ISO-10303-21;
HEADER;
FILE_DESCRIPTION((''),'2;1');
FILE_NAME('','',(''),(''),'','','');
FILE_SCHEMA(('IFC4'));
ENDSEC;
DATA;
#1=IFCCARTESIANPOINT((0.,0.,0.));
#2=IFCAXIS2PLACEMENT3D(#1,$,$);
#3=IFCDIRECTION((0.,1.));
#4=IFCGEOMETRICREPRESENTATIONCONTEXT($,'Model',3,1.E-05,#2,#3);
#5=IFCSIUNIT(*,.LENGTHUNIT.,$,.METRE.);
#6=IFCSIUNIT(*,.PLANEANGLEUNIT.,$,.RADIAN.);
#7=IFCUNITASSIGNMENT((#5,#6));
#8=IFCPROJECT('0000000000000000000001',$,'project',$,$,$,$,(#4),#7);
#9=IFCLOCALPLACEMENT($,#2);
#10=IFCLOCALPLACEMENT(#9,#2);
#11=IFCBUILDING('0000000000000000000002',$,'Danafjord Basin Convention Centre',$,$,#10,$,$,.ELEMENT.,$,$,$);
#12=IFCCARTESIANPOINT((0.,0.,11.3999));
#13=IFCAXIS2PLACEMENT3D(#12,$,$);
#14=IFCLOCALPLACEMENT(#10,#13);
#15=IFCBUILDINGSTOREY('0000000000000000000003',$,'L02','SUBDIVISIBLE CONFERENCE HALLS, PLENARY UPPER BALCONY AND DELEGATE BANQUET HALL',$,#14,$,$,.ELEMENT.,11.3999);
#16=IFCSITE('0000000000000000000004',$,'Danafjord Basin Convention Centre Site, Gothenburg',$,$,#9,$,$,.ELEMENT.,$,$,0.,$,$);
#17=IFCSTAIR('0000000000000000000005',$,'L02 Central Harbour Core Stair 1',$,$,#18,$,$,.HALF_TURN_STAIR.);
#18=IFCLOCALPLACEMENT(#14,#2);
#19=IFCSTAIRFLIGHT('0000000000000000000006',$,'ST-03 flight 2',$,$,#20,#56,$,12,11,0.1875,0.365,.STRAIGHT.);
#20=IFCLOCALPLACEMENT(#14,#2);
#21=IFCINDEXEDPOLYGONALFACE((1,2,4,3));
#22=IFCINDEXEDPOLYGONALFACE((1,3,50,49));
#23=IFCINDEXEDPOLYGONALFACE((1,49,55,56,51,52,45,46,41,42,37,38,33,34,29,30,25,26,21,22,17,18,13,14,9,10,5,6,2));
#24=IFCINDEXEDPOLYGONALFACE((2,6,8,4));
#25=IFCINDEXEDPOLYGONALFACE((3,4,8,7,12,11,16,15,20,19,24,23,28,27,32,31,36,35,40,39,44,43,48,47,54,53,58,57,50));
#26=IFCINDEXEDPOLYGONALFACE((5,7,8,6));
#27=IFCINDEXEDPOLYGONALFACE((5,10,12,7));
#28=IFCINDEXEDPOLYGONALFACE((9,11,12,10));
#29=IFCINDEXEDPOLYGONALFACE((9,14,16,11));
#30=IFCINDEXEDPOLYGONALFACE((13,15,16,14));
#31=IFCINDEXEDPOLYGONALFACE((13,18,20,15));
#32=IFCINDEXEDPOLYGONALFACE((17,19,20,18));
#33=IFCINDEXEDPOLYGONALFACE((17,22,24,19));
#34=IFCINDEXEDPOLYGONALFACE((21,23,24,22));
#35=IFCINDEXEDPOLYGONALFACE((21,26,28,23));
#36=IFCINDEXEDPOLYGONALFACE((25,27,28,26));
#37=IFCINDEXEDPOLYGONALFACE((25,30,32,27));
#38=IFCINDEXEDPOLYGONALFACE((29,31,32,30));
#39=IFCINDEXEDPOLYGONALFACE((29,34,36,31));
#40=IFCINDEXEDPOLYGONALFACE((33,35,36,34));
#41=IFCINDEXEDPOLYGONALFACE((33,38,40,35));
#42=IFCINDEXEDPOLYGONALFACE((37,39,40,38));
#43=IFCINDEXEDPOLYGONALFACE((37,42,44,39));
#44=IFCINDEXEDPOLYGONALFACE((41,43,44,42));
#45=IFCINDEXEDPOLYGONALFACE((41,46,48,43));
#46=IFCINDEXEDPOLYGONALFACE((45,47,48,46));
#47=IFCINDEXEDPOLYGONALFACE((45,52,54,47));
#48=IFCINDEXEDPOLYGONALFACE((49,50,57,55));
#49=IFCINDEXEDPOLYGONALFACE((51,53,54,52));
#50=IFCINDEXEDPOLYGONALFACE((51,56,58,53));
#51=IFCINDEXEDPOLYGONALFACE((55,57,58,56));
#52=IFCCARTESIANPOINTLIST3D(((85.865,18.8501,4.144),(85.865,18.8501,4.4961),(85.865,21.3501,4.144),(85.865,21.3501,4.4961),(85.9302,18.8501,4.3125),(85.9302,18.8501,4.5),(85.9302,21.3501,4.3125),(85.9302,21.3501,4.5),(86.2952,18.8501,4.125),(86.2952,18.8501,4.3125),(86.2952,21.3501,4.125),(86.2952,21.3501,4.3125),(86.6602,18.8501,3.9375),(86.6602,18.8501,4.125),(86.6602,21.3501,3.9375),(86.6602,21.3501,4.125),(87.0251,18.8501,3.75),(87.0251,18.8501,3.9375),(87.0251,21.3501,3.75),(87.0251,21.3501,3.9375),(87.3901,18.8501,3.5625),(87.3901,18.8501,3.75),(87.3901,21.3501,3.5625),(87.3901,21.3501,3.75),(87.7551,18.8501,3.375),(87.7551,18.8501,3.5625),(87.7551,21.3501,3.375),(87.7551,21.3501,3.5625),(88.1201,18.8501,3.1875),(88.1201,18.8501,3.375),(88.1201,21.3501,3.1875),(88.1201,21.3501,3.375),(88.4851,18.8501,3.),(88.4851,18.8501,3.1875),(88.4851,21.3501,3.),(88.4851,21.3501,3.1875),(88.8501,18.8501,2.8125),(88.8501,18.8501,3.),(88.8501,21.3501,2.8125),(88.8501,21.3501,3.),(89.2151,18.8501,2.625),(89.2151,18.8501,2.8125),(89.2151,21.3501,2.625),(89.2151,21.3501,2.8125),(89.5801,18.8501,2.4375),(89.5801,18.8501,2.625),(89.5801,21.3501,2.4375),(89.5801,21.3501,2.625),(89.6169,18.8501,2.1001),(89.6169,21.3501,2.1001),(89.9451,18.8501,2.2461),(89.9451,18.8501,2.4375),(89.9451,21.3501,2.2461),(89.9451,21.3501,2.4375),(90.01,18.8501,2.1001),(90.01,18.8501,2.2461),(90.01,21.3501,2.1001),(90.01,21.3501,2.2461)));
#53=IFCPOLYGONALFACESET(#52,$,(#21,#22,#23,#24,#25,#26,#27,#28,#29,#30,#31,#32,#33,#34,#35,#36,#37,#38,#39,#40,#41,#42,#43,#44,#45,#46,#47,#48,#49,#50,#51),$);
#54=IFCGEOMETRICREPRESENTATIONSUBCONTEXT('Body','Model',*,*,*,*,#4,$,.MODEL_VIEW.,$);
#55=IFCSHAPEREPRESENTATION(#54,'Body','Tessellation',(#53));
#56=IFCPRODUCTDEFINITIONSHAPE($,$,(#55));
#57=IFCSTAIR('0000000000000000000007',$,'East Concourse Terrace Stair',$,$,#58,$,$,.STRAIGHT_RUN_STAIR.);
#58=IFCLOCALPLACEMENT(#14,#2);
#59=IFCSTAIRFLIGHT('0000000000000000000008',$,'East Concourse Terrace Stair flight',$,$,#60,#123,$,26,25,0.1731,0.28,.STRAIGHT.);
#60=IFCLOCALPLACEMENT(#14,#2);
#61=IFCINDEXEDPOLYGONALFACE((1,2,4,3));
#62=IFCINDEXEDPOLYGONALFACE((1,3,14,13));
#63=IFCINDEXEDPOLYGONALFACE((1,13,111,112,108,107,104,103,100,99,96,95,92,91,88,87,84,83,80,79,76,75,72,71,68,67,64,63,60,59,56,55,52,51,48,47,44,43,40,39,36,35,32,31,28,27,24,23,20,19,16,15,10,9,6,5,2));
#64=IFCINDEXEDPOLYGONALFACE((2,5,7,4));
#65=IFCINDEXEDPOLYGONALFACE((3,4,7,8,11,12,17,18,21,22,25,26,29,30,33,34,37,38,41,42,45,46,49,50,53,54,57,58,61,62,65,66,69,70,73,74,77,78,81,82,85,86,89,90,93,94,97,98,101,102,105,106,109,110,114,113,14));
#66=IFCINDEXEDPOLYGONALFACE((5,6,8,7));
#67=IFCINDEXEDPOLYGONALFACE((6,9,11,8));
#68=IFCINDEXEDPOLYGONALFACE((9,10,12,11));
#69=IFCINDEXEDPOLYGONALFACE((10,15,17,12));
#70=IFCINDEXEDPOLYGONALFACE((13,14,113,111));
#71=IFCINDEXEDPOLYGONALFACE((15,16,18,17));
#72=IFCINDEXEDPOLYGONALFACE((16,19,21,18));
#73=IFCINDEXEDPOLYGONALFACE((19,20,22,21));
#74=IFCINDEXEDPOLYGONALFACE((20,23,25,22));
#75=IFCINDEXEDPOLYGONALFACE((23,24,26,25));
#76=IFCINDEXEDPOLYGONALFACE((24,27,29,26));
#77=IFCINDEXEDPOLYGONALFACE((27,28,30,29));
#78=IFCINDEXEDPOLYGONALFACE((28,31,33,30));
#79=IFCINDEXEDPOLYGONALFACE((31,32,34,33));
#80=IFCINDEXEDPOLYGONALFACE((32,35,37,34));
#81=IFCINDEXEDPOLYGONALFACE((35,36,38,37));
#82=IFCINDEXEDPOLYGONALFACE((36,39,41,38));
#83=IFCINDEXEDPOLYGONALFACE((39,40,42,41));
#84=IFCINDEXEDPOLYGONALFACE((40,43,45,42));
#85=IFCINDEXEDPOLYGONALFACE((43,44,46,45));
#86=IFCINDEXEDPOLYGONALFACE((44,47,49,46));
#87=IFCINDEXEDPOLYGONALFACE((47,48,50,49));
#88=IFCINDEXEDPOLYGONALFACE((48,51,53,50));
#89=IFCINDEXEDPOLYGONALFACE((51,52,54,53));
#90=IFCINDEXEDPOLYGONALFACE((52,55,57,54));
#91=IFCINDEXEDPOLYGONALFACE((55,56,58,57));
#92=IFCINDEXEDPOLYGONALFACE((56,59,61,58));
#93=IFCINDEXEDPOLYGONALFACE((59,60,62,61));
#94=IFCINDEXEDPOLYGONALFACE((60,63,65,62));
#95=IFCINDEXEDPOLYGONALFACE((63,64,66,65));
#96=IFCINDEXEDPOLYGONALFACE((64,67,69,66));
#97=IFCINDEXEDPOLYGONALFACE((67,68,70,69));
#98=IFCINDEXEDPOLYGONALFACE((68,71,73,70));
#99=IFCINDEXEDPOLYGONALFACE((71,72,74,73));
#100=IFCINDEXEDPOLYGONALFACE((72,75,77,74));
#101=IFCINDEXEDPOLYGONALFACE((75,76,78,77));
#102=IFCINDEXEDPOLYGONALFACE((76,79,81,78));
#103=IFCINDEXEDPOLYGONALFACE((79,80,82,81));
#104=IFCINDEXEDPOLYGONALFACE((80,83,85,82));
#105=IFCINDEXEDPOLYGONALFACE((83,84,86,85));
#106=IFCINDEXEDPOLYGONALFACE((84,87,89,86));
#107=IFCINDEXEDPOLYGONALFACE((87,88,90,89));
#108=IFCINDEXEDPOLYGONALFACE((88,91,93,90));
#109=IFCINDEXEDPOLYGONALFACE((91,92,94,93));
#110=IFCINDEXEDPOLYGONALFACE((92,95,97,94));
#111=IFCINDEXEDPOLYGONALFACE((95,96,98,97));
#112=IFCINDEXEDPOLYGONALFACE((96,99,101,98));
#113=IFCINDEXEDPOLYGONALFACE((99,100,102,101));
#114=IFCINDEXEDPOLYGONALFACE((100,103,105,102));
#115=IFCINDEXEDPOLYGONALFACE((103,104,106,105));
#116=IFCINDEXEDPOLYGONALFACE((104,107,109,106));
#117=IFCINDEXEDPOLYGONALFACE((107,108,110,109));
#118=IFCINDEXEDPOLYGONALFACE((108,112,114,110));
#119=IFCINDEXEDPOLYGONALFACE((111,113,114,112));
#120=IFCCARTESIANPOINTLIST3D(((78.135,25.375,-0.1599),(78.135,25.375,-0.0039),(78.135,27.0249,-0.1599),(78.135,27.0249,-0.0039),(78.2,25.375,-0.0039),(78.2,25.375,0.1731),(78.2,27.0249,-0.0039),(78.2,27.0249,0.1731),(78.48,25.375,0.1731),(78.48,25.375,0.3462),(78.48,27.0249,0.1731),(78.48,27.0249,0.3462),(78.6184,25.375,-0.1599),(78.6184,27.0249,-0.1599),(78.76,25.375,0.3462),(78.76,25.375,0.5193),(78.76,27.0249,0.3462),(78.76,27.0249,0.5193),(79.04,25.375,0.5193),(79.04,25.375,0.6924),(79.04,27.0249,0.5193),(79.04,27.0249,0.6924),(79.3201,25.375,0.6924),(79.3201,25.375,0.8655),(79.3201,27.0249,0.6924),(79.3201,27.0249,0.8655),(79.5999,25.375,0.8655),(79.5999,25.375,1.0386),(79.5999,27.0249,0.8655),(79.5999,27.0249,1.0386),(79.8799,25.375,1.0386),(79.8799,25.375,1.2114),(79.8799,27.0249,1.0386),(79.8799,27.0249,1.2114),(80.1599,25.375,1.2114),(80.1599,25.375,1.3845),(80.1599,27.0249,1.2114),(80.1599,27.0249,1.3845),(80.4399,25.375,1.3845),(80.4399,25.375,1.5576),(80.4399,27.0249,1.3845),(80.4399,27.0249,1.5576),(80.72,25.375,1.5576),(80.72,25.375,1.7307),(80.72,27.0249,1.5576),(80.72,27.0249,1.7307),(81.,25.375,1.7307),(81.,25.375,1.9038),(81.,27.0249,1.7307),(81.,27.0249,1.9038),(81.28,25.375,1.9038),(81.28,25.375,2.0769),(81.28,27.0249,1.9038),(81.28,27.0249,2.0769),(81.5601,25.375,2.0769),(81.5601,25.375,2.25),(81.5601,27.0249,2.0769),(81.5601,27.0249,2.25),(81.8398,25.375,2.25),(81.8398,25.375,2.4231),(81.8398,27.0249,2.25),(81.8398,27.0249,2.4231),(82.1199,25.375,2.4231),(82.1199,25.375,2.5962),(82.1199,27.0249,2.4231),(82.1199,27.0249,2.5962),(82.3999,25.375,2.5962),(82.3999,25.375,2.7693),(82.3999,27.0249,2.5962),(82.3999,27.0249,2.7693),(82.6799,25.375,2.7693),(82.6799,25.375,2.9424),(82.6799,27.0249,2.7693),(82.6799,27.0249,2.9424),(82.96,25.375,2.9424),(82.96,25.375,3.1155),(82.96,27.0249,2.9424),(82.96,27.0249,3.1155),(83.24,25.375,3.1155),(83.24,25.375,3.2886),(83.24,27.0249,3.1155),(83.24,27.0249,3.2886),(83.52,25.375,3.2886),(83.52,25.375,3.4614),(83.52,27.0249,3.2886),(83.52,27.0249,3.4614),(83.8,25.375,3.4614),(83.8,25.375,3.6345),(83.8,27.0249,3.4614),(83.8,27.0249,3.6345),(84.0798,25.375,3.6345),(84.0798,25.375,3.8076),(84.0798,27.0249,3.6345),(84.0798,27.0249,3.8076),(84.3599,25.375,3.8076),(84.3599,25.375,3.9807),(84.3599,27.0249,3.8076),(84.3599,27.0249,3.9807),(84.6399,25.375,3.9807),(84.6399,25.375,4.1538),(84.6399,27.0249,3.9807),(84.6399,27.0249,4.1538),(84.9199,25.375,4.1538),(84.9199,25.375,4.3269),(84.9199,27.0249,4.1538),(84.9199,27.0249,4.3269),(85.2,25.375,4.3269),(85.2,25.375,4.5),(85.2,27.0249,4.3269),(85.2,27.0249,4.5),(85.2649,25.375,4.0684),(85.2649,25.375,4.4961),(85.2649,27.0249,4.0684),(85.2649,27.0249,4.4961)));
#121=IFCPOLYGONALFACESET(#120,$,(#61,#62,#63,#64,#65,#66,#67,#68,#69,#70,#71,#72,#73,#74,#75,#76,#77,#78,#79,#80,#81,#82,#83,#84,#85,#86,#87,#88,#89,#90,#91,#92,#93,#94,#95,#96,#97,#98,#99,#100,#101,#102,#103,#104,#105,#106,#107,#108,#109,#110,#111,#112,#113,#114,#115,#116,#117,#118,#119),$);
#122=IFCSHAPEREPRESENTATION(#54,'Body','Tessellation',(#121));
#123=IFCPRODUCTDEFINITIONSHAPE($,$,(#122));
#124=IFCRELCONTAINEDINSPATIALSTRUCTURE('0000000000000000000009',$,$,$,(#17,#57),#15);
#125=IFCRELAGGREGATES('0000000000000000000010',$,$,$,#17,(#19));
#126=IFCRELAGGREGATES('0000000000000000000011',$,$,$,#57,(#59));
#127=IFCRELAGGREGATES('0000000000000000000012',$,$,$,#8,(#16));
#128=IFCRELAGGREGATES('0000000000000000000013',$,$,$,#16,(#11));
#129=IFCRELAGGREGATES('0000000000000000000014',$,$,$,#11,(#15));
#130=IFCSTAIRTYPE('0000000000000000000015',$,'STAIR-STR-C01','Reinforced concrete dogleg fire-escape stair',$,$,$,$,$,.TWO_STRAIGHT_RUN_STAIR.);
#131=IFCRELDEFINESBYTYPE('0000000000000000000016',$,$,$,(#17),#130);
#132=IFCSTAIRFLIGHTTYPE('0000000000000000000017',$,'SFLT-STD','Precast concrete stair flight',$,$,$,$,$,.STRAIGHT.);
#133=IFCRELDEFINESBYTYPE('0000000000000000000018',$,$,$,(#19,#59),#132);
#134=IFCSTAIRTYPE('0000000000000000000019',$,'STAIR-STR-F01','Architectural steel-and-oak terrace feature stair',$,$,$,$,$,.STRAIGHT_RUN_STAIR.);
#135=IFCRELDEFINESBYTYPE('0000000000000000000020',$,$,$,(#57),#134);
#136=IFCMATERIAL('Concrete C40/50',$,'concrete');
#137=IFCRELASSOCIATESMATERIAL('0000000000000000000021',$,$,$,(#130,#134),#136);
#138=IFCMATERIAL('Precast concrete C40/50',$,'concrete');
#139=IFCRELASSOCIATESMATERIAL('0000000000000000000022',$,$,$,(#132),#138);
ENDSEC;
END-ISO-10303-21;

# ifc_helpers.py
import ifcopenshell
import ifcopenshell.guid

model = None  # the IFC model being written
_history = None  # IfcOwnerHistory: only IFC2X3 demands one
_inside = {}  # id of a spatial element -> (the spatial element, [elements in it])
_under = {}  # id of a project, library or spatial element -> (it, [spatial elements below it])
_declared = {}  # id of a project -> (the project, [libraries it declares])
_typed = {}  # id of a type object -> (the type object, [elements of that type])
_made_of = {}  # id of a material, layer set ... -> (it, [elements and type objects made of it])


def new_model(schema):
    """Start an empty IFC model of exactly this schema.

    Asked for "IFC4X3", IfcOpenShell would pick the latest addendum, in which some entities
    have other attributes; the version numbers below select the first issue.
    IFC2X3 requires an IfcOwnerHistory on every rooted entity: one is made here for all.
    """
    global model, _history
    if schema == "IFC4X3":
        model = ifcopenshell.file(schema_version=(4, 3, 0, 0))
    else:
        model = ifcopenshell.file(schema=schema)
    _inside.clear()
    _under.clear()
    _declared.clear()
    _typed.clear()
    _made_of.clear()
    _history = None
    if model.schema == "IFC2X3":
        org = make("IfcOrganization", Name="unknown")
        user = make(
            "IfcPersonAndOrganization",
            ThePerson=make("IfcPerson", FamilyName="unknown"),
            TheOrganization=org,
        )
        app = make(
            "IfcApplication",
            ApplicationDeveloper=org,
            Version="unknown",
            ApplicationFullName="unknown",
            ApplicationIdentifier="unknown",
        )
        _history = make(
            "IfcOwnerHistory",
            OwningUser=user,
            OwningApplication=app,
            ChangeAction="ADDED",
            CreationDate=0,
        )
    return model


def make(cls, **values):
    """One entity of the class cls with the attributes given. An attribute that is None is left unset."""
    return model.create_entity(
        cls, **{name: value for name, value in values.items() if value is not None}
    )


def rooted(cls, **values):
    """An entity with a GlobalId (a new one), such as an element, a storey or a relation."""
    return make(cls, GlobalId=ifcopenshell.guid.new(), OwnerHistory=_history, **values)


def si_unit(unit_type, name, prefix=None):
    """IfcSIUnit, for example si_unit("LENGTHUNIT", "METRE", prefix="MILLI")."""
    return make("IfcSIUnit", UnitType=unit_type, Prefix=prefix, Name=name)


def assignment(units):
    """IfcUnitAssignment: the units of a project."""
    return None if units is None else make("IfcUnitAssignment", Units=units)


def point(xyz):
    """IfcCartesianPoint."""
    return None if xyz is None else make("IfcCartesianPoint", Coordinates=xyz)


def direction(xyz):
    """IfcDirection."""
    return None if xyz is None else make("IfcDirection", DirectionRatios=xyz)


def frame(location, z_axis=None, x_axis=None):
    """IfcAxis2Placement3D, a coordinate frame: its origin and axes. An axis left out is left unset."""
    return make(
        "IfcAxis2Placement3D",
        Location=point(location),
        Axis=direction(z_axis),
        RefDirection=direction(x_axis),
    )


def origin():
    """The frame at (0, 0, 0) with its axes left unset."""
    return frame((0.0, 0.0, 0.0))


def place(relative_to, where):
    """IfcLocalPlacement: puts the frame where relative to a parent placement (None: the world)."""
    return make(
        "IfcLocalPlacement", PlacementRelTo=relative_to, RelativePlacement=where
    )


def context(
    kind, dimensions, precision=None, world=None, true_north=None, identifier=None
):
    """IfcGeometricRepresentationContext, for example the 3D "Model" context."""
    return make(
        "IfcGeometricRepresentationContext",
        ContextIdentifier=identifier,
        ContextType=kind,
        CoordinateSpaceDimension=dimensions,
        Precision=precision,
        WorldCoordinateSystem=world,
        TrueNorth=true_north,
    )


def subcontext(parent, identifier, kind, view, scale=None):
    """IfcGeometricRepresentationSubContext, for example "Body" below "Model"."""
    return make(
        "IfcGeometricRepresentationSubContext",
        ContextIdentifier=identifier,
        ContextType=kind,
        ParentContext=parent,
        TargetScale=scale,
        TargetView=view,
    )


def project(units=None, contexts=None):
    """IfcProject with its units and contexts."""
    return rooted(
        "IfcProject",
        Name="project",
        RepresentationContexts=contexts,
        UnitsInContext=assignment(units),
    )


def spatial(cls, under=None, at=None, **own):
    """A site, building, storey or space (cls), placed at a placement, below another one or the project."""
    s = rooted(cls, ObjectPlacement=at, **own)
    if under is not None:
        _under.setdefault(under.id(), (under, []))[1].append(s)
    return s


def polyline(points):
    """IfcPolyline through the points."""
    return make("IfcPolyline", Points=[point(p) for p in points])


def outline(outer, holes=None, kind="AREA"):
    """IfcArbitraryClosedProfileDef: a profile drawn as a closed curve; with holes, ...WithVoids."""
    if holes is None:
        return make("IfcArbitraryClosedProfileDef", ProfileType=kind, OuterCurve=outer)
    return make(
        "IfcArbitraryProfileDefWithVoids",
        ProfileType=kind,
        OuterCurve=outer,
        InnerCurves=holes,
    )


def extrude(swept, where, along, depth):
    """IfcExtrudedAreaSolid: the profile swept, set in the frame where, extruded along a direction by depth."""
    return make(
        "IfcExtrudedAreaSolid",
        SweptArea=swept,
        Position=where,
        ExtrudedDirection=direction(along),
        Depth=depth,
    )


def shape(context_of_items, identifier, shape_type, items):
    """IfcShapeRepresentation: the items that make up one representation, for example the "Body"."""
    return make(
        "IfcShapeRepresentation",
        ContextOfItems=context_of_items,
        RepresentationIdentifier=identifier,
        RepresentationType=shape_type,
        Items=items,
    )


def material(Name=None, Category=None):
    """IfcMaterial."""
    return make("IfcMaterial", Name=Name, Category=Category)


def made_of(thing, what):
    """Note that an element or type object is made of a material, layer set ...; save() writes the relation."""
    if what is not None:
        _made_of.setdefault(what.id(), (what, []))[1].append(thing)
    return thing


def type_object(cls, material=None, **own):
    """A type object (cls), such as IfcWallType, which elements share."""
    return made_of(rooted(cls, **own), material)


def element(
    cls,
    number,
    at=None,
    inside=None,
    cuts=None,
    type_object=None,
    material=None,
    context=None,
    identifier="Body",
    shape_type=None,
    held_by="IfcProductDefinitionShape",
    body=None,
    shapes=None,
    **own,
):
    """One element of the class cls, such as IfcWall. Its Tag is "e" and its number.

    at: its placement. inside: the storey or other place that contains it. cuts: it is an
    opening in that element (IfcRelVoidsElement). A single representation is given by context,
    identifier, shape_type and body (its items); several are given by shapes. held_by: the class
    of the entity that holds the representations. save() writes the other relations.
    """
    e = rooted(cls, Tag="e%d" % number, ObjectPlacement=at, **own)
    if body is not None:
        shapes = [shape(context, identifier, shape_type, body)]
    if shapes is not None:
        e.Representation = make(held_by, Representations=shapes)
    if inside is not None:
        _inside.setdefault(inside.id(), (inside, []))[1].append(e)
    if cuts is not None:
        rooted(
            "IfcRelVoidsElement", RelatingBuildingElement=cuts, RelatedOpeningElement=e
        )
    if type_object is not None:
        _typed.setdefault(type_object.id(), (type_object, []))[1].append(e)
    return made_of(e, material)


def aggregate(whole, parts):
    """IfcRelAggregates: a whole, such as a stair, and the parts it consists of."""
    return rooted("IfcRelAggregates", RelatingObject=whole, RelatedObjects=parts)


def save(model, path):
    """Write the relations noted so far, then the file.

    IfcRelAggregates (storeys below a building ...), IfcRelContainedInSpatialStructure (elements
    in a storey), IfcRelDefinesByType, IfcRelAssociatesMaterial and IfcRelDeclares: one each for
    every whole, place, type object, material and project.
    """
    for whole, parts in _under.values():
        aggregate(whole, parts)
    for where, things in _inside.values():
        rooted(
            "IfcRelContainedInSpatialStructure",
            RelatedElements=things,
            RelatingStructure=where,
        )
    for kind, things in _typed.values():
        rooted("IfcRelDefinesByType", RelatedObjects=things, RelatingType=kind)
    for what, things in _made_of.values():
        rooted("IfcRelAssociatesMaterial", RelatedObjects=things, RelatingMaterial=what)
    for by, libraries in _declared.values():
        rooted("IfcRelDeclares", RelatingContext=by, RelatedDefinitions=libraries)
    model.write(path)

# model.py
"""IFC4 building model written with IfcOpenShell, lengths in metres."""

from ifc_helpers import new_model, si_unit, direction, frame, origin, place, context, subcontext, project, spatial, polyline, outline, extrude, material, type_object, element, aggregate, save


model = new_model("IFC4")

# Units and contexts
model_context = context("Model", 3, precision=1e-05, world=origin(), true_north=direction((0.0, 1.0)))
body_context = subcontext(model_context, "Body", "Model", "MODEL_VIEW")
ifc_project = project(units=[si_unit("LENGTHUNIT", "METRE"), si_unit("PLANEANGLEUNIT", "RADIAN")], contexts=[model_context])

# Site, building, storey
site_placement = place(None, origin())
site = spatial("IfcSite", under=ifc_project, at=site_placement, Name="Danafjord Basin Convention Centre Site, Gothenburg", CompositionType="ELEMENT", RefElevation=0.0)
building_placement = place(site_placement, origin())
building = spatial("IfcBuilding", under=site, at=building_placement, Name="Danafjord Basin Convention Centre", CompositionType="ELEMENT")
storey_placement = place(building_placement, frame((0.0, 0.0, 11.3999)))
storey = spatial("IfcBuildingStorey", under=building, at=storey_placement, Name="L02", Description="SUBDIVISIBLE CONFERENCE HALLS, PLENARY UPPER BALCONY AND DELEGATE BANQUET HALL", CompositionType="ELEMENT", Elevation=11.3999)

# Shared definitions
ifc_material_1 = material(Name="Concrete C40/50", Category="concrete")

# Stairs, stair flights
stair_type_1 = type_object("IfcStairType", Name="STAIR-STR-C01", Description="Reinforced concrete dogleg fire-escape stair", PredefinedType="TWO_STRAIGHT_RUN_STAIR", material=ifc_material_1)
stair_1_placement = place(storey_placement, origin())
stair_1 = element("IfcStair", 1, at=stair_1_placement, inside=storey, type_object=stair_type_1, Name="L02 Central Harbour Core Stair 1", PredefinedType="HALF_TURN_STAIR")
ifc_material_2 = material(Name="Precast concrete C40/50", Category="concrete")
stair_flight_type = type_object("IfcStairFlightType", Name="SFLT-STD", Description="Precast concrete stair flight", PredefinedType="STRAIGHT", material=ifc_material_2)
stair_flight_1_placement = place(storey_placement, frame((89.9451, 20.1001, 2.25), z_axis=(0.0, 0.0, 1.0), x_axis=(-1.0, 0.0, 0.0)))
stair_flight_1 = element("IfcStairFlight", 2, at=stair_flight_1_placement, type_object=stair_flight_type, Name="ST-03 flight 2", NumberOfRisers=12, NumberOfTreads=11, PredefinedType="STRAIGHT", RiserHeight=0.1875, TreadLength=0.365, context=body_context, shape_type="SweptSolid", body=[
    extrude(outline(polyline([(-0.0649, -0.1499), (-0.0649, -0.0039), (0.0, -0.0039), (0.0, 0.1875), (0.365, 0.1875), (0.365, 0.375), (0.73, 0.375), (0.73, 0.5625), (1.095, 0.5625), (1.095, 0.75), (1.46, 0.75), (1.46, 0.9375), (1.825, 0.9375), (1.825, 1.125), (2.1899, 1.125), (2.1899, 1.3125), (2.5549, 1.3125), (2.5549, 1.5), (2.9199, 1.5), (2.9199, 1.6875), (3.2849, 1.6875), (3.2849, 1.875), (3.6499, 1.875), (3.6499, 2.0625), (4.0149, 2.0625), (4.0149, 2.25), (4.0801, 2.2461), (4.0801, 1.894), (0.3281, -0.1499), (-0.0649, -0.1499)])), frame((0.0, 1.25, 0.0), z_axis=(0.0, -1.0, 0.0), x_axis=(1.0, 0.0, 0.0)), (0.0, 0.0, 1.0), 2.5),
])
aggregate(stair_1, [stair_flight_1])
stair_type_2 = type_object("IfcStairType", Name="STAIR-STR-F01", Description="Architectural steel-and-oak terrace feature stair", PredefinedType="STRAIGHT_RUN_STAIR", material=ifc_material_1)
stair_2_placement = place(storey_placement, origin())
stair_2 = element("IfcStair", 3, at=stair_2_placement, inside=storey, type_object=stair_type_2, Name="East Concourse Terrace Stair", PredefinedType="STRAIGHT_RUN_STAIR")
stair_flight_2_placement = place(storey_placement, frame((78.2, 26.2, 0.0), z_axis=(0.0, 0.0, 1.0), x_axis=(1.0, 0.0, 0.0)))
stair_flight_2 = element("IfcStairFlight", 4, at=stair_flight_2_placement, type_object=stair_flight_type, Name="East Concourse Terrace Stair flight", NumberOfRisers=26, NumberOfTreads=25, PredefinedType="STRAIGHT", RiserHeight=0.1731, TreadLength=0.28, context=body_context, shape_type="SweptSolid", body=[
    extrude(outline(polyline([(-0.0649, -0.1599), (-0.0649, -0.0039), (0.0, -0.0039), (0.0, 0.1731), (0.28, 0.1731), (0.28, 0.3462), (0.5601, 0.3462), (0.5601, 0.5193), (0.8401, 0.5193), (0.8401, 0.6924), (1.1201, 0.6924), (1.1201, 0.8655), (1.3999, 0.8655), (1.3999, 1.0386), (1.6799, 1.0386), (1.6799, 1.2114), (1.96, 1.2114), (1.96, 1.3845), (2.24, 1.3845), (2.24, 1.5576), (2.52, 1.5576), (2.52, 1.7307), (2.8, 1.7307), (2.8, 1.9038), (3.0801, 1.9038), (3.0801, 2.0769), (3.3601, 2.0769), (3.3601, 2.25), (3.6399, 2.25), (3.6399, 2.4231), (3.9199, 2.4231), (3.9199, 2.5962), (4.2, 2.5962), (4.2, 2.7693), (4.48, 2.7693), (4.48, 2.9424), (4.76, 2.9424), (4.76, 3.1155), (5.04, 3.1155), (5.04, 3.2886), (5.3201, 3.2886), (5.3201, 3.4614), (5.6001, 3.4614), (5.6001, 3.6345), (5.8799, 3.6345), (5.8799, 3.8076), (6.1599, 3.8076), (6.1599, 3.9807), (6.4399, 3.9807), (6.4399, 4.1538), (6.72, 4.1538), (6.72, 4.3269), (7.0, 4.3269), (7.0, 4.5), (7.0649, 4.4961), (7.0649, 4.0684), (0.4185, -0.1599), (-0.0649, -0.1599)])), frame((0.0, 0.825, 0.0), z_axis=(0.0, -1.0, 0.0), x_axis=(1.0, 0.0, 0.0)), (0.0, 0.0, 1.0), 1.6499),
])
aggregate(stair_2, [stair_flight_2])

save(model, "model.ifc")
